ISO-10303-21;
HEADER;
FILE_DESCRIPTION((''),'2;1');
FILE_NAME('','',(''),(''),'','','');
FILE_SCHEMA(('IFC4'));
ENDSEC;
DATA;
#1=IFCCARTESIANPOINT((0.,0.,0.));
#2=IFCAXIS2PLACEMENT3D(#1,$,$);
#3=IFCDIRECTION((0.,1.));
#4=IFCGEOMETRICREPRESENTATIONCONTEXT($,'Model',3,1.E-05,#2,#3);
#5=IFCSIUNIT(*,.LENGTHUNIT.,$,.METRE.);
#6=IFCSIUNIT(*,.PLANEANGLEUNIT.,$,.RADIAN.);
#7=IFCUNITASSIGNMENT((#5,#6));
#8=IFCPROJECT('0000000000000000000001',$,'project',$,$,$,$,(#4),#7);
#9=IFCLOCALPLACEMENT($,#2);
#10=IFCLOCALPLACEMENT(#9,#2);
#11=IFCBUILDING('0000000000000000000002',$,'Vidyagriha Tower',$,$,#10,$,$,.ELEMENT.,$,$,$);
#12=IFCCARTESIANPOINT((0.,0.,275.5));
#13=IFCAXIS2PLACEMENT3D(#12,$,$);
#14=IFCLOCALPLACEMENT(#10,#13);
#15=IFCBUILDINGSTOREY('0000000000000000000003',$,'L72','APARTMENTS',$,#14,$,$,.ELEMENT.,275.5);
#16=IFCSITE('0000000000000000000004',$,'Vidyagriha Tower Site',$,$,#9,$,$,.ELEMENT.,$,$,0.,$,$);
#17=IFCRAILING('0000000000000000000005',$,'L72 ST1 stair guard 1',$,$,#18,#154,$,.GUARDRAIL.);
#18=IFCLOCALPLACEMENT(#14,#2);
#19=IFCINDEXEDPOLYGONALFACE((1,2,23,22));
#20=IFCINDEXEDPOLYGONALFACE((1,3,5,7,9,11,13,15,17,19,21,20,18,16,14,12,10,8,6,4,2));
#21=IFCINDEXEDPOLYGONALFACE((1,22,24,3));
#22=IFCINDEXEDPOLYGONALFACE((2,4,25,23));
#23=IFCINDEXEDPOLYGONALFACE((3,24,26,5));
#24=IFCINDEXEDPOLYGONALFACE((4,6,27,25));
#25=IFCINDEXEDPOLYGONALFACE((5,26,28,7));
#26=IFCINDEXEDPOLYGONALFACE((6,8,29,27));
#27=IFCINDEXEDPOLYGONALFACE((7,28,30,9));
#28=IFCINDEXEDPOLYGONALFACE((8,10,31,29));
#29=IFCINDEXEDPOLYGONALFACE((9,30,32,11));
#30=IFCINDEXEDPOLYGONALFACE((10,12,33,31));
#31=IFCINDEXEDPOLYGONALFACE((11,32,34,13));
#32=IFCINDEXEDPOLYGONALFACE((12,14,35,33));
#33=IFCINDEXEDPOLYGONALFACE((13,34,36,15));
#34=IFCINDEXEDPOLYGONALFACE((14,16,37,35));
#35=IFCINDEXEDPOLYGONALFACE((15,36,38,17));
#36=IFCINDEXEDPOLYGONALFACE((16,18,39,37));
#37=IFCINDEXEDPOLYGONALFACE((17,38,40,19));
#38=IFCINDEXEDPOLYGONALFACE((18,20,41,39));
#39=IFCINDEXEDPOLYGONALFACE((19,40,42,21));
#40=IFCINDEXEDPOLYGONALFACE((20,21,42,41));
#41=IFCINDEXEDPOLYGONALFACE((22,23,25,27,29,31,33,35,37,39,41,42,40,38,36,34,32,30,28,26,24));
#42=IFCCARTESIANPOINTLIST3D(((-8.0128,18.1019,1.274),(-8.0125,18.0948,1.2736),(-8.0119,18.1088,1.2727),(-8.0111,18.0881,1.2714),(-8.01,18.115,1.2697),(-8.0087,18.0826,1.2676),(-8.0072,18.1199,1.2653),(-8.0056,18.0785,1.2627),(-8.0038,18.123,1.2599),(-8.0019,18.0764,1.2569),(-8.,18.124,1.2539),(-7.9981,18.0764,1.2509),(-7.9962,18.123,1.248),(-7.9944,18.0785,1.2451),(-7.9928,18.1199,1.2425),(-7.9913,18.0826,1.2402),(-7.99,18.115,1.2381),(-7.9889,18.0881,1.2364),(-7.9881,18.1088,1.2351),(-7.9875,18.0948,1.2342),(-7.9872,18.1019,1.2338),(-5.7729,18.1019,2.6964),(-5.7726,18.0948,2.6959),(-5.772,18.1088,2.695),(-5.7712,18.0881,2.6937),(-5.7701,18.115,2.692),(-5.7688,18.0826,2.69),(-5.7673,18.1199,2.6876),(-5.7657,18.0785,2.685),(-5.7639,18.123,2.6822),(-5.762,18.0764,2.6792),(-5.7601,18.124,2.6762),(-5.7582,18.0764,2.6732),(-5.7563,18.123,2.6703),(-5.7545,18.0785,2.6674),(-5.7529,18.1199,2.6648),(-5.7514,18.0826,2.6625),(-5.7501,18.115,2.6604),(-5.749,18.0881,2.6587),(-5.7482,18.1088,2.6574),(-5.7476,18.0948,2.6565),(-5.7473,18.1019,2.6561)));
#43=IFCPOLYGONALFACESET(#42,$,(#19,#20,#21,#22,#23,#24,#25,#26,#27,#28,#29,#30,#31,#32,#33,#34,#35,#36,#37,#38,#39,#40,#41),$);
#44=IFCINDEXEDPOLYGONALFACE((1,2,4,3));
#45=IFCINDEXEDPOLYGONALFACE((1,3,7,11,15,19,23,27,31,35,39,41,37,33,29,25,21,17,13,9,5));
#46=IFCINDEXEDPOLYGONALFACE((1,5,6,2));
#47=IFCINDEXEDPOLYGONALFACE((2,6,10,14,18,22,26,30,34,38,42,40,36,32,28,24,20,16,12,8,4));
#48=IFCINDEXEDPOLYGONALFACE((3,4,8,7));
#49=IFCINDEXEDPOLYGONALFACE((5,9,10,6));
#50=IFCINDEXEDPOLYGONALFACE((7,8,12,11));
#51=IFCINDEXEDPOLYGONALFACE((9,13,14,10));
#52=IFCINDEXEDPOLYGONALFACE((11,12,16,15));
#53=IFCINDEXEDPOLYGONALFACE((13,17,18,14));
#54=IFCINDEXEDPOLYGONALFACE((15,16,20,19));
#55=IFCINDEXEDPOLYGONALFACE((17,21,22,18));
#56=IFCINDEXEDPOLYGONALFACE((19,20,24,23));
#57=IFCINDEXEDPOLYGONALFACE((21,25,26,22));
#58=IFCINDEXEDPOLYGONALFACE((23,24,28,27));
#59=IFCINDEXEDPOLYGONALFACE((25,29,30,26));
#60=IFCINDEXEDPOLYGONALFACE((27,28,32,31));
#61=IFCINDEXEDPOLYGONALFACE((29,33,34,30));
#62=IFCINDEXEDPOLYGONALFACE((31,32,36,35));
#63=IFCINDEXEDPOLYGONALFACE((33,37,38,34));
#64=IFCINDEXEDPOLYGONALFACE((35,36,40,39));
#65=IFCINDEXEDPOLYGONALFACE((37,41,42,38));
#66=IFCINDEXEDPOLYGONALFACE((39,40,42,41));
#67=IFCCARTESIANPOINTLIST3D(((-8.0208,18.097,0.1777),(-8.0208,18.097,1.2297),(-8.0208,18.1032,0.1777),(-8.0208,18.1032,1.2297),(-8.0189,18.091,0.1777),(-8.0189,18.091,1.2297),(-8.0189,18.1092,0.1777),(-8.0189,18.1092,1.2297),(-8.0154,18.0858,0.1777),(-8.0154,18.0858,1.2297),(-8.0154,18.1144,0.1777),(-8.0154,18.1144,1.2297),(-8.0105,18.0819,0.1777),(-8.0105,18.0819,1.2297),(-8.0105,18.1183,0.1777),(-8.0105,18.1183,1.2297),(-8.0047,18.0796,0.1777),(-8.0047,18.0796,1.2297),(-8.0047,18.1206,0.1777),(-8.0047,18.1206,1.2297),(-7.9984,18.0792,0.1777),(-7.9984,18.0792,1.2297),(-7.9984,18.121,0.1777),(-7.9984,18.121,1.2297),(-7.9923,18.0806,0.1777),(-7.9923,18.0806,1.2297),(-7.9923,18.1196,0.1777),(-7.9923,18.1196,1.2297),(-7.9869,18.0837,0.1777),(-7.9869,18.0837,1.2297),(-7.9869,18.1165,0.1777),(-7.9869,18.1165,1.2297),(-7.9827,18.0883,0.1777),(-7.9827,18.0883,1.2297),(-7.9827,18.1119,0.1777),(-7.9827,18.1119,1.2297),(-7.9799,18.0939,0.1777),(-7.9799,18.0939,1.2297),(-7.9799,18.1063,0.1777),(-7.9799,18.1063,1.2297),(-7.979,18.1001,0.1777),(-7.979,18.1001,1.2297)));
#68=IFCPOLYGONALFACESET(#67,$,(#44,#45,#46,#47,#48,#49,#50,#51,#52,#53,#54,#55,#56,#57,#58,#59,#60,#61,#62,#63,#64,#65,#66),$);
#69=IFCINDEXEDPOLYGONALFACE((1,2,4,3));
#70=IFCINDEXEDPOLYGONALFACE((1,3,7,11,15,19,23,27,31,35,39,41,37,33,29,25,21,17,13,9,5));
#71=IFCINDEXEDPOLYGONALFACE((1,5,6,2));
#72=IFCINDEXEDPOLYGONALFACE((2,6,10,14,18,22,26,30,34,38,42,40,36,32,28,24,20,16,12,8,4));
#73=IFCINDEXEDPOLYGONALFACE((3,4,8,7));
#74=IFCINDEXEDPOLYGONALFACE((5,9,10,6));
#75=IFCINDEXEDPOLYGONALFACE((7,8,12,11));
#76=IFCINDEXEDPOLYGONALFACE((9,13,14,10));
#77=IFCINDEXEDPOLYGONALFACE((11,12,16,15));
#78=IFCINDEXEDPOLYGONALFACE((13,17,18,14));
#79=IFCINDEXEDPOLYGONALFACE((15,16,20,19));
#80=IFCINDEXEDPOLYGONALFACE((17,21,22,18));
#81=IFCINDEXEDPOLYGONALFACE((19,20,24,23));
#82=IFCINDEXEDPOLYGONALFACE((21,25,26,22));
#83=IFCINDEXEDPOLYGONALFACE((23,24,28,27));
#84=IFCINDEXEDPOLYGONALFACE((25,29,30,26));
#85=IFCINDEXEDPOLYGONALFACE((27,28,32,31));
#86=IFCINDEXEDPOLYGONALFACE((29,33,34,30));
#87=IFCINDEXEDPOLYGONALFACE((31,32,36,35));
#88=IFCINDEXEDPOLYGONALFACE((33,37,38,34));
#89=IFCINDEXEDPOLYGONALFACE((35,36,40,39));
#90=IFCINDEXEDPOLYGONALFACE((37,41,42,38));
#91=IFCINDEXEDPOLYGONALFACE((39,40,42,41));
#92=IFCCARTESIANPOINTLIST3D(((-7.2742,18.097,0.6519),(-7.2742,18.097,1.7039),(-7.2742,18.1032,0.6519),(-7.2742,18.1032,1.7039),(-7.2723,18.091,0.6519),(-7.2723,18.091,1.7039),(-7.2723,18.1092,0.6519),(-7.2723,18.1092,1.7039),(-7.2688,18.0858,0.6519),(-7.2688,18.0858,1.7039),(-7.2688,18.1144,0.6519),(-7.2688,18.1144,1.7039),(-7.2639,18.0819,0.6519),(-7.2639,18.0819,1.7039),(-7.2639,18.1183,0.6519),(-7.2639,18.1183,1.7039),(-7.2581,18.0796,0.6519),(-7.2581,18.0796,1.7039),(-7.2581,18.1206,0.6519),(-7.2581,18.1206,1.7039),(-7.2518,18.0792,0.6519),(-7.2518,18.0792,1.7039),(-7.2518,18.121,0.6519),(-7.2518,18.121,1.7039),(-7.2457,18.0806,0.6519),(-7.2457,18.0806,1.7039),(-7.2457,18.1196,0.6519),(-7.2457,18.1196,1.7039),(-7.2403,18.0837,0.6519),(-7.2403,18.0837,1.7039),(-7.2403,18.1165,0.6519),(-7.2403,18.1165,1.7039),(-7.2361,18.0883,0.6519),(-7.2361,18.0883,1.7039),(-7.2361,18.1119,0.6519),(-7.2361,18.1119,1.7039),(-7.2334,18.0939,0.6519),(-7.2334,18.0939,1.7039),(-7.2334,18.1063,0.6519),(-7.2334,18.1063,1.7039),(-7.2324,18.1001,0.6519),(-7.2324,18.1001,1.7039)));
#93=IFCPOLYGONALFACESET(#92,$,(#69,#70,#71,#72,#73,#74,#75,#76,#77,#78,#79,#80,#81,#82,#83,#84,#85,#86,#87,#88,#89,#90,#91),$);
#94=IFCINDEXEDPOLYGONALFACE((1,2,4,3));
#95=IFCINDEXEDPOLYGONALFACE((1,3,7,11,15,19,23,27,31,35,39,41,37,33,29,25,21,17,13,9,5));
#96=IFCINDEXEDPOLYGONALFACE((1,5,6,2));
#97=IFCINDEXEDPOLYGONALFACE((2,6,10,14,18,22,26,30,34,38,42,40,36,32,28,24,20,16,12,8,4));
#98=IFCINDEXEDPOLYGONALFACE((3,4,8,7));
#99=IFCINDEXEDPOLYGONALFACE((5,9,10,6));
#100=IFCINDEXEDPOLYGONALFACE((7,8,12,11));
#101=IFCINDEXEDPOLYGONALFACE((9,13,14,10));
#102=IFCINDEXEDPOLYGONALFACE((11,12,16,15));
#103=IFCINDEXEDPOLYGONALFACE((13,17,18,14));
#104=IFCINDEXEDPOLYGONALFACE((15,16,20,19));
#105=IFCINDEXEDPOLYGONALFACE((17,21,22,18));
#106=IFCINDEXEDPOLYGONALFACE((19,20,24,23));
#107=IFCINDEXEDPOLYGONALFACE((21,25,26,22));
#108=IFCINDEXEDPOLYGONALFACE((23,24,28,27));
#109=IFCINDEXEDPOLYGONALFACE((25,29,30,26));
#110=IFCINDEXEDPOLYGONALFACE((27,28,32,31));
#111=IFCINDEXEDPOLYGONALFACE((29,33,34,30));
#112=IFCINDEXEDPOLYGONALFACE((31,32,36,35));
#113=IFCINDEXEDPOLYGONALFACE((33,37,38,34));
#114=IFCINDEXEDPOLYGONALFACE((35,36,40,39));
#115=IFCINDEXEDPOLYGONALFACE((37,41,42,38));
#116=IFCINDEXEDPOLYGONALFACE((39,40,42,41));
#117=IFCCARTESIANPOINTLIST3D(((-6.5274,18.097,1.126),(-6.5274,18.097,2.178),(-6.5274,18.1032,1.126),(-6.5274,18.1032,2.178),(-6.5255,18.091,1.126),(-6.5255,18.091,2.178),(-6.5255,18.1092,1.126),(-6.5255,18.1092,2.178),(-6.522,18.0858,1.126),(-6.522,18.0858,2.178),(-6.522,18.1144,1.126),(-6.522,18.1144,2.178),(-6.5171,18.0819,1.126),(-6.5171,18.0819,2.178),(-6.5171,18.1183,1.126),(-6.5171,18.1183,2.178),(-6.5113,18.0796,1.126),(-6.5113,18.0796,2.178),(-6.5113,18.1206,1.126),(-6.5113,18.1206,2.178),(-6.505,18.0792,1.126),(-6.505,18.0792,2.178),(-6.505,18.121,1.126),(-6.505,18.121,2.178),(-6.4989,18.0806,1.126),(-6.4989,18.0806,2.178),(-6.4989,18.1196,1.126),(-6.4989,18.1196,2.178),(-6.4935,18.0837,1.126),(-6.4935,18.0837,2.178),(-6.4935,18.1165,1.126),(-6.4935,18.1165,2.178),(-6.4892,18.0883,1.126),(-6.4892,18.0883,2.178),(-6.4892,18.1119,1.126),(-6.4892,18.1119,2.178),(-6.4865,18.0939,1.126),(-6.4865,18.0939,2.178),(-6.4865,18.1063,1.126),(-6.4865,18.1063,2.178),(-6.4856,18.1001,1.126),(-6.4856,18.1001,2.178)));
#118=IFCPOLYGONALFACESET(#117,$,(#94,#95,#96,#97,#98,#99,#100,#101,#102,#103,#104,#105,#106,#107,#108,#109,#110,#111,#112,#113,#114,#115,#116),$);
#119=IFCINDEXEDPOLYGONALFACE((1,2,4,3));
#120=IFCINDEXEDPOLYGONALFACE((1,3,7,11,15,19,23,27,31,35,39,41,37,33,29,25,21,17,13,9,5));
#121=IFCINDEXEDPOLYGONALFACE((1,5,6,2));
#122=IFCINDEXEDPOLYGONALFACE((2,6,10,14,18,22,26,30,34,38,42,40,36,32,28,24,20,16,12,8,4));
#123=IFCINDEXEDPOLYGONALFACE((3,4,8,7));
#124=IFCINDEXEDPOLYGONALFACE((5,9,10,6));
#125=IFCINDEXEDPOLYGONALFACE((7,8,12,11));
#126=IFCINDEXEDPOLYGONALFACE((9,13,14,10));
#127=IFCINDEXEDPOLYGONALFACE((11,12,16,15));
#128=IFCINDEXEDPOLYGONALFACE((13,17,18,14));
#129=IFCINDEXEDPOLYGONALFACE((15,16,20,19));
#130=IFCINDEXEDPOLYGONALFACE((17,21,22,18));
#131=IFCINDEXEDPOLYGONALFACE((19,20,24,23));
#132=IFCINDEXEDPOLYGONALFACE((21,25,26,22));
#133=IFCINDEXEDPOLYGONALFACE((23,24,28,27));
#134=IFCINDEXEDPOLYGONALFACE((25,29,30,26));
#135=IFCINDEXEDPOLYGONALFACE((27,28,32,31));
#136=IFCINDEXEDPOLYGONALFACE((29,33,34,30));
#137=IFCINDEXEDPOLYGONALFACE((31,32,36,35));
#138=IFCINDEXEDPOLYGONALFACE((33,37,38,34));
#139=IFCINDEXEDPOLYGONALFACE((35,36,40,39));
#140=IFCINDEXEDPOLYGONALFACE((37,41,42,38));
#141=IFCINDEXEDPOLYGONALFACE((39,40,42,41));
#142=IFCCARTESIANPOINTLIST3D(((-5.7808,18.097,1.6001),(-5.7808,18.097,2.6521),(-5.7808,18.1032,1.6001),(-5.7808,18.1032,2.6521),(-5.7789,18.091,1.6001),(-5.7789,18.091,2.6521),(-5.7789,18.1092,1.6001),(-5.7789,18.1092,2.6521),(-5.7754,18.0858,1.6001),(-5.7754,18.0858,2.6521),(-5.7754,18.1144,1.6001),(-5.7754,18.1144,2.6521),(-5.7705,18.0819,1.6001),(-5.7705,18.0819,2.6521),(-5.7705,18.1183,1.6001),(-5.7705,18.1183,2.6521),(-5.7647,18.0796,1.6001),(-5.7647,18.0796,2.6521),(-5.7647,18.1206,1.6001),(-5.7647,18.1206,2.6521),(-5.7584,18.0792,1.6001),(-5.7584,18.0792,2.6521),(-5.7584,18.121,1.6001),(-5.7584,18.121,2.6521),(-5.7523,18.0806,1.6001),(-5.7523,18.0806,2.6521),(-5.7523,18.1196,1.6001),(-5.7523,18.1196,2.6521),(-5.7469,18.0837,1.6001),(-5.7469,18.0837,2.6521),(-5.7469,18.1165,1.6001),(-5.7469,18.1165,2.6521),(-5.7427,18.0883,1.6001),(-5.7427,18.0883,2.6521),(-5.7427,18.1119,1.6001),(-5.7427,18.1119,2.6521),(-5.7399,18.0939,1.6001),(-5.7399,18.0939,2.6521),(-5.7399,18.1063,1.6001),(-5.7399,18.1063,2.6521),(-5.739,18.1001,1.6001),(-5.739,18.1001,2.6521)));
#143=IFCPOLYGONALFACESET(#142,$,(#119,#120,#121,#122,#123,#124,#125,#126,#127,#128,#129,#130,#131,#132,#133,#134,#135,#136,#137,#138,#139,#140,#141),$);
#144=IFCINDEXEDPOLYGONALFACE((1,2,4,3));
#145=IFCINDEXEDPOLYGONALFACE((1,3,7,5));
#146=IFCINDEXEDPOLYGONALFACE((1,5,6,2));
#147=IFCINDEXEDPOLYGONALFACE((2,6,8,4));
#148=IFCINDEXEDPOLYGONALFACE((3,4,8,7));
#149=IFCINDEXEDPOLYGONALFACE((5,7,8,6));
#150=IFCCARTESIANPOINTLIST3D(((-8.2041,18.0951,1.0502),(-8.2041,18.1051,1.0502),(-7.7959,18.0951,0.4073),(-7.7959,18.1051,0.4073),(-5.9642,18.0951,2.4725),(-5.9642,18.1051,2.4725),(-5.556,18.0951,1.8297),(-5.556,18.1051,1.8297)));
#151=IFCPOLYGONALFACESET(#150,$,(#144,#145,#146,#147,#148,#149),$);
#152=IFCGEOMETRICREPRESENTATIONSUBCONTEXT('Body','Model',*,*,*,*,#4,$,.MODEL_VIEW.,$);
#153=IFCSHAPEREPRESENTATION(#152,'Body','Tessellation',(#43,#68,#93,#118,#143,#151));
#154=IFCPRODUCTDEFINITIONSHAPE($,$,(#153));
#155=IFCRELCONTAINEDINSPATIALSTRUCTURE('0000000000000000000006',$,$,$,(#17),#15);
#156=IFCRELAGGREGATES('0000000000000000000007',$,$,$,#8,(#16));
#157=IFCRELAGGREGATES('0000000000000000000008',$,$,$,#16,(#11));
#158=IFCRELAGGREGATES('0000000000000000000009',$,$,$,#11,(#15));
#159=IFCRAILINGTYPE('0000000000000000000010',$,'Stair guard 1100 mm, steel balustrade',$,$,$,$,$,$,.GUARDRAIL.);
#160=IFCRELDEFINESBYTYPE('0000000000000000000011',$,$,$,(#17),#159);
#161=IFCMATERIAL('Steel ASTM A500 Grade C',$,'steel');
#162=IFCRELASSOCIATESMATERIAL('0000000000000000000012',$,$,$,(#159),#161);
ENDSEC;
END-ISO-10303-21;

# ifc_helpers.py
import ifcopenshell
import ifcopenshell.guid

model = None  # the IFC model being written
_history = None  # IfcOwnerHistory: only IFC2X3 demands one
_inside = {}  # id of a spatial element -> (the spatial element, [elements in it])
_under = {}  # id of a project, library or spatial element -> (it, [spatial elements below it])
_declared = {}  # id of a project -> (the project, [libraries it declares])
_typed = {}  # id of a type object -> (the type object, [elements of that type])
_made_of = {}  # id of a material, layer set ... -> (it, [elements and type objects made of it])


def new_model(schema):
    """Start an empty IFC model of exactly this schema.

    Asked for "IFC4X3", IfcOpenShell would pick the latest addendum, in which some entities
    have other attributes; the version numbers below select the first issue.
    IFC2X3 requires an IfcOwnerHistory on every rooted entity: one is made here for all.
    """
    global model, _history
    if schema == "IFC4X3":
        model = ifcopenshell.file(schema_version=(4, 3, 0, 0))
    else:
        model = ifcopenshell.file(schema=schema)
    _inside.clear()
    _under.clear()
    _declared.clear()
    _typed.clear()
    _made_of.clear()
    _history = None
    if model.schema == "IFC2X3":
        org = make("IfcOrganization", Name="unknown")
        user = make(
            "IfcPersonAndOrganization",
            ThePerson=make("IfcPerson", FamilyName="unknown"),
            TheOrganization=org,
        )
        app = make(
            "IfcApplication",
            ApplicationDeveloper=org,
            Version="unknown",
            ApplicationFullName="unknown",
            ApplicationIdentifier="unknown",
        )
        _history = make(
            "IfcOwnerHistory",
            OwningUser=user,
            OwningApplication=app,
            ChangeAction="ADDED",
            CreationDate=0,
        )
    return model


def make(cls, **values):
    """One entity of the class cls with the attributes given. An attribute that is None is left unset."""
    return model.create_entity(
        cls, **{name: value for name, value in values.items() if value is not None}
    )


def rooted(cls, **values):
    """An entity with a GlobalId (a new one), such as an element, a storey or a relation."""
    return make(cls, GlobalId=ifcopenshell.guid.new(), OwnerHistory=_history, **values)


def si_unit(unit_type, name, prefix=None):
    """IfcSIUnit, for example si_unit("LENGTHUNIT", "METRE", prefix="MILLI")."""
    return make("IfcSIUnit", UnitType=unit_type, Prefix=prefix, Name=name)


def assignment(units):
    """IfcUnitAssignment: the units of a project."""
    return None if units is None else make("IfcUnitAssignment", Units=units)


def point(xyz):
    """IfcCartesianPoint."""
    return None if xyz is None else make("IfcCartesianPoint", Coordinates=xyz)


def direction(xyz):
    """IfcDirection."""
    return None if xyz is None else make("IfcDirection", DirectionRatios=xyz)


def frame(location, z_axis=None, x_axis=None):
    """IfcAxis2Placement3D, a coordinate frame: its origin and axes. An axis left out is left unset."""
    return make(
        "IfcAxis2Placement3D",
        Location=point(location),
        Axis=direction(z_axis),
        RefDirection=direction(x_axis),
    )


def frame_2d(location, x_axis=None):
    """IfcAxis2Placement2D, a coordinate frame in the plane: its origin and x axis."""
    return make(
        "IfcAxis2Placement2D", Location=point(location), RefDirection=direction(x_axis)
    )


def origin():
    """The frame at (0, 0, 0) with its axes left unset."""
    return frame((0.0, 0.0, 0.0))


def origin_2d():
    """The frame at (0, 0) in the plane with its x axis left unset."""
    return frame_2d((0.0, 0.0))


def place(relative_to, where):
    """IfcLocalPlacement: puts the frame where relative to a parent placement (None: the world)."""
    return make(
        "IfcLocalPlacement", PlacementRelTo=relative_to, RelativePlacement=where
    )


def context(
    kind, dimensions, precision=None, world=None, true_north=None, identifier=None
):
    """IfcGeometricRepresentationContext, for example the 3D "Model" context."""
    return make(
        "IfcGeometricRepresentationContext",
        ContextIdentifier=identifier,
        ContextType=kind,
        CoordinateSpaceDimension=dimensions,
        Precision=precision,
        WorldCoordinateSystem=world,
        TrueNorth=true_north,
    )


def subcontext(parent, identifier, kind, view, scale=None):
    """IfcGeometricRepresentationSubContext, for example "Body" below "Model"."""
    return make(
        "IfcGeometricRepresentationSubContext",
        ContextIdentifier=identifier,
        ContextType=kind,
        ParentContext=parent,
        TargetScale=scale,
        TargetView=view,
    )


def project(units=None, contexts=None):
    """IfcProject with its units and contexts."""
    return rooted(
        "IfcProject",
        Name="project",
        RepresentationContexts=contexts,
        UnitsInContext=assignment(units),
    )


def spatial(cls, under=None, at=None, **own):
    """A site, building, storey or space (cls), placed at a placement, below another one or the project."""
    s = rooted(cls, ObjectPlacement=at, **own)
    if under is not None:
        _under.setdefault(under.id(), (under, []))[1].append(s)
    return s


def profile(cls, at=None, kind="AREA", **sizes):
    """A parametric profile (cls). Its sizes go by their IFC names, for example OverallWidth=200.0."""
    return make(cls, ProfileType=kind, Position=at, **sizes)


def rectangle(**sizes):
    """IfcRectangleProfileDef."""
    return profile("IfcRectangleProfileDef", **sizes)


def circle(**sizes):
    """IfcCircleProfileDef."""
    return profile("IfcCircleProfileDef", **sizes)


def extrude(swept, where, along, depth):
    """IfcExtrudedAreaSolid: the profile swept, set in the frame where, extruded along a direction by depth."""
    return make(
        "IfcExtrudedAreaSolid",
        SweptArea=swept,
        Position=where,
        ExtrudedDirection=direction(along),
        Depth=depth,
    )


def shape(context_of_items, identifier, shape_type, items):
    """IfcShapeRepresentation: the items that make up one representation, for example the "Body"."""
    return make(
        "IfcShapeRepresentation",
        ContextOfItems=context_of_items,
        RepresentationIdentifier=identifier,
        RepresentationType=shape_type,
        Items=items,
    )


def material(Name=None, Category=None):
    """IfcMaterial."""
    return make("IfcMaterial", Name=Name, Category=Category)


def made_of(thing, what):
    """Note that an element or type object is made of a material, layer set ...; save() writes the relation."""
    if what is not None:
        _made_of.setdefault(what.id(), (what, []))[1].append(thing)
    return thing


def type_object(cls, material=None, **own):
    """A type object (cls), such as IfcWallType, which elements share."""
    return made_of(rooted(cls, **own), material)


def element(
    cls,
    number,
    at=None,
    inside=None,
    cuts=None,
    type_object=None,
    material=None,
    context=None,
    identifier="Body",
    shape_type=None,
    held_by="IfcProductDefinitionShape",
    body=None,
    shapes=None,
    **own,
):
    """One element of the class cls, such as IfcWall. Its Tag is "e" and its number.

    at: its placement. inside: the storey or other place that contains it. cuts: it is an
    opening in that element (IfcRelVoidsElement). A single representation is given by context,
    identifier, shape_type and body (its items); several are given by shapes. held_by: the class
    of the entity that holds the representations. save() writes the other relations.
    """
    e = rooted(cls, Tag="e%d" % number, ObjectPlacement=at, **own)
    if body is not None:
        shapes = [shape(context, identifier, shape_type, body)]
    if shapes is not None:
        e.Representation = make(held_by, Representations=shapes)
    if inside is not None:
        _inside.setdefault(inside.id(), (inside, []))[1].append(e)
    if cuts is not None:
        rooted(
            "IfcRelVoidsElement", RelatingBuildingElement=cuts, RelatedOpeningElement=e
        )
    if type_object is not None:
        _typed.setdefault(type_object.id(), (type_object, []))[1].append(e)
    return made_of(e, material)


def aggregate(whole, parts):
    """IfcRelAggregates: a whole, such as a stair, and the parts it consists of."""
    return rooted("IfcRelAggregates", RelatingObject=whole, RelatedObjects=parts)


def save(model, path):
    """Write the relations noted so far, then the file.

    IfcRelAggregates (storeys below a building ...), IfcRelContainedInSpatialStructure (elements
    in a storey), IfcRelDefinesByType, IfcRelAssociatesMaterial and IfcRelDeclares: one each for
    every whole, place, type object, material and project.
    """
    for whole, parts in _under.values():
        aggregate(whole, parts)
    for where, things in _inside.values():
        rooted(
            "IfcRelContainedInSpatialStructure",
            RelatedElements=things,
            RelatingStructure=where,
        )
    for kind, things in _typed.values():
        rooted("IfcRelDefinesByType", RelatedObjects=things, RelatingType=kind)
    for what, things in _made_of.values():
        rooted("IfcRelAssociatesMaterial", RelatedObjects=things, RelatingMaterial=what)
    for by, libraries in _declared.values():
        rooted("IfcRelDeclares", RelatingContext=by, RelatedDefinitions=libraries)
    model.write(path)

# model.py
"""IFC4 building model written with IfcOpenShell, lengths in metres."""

from ifc_helpers import new_model, si_unit, direction, frame, origin, origin_2d, place, context, subcontext, project, spatial, rectangle, circle, extrude, material, type_object, element, save


model = new_model("IFC4")

# Units and contexts
model_context = context("Model", 3, precision=1e-05, world=origin(), true_north=direction((0.0, 1.0)))
body_context = subcontext(model_context, "Body", "Model", "MODEL_VIEW")
ifc_project = project(units=[si_unit("LENGTHUNIT", "METRE"), si_unit("PLANEANGLEUNIT", "RADIAN")], contexts=[model_context])

# Site, building, storey
site_placement = place(None, origin())
site = spatial("IfcSite", under=ifc_project, at=site_placement, Name="Vidyagriha Tower Site", CompositionType="ELEMENT", RefElevation=0.0)
building_placement = place(site_placement, origin())
building = spatial("IfcBuilding", under=site, at=building_placement, Name="Vidyagriha Tower", CompositionType="ELEMENT")
storey_placement = place(building_placement, frame((0.0, 0.0, 275.5)))
storey = spatial("IfcBuildingStorey", under=building, at=storey_placement, Name="L72", Description="APARTMENTS", CompositionType="ELEMENT", Elevation=275.5)

# Railing
ifc_material_1 = material(Name="Steel ASTM A500 Grade C", Category="steel")
railing_type_1 = type_object("IfcRailingType", Name="Stair guard 1100 mm, steel balustrade", PredefinedType="GUARDRAIL", material=ifc_material_1)
railing_1_placement = place(storey_placement, frame((-8.0, 18.1001, 0.1777)))
element("IfcRailing", 1, at=railing_1_placement, inside=storey, type_object=railing_type_1, Name="L72 ST1 stair guard 1", PredefinedType="GUARDRAIL", context=body_context, shape_type="SweptSolid", body=[
    extrude(circle(Radius=0.0239, at=origin_2d()), frame((0.0, 0.0, 1.0762), z_axis=(0.844188, 0.0, 0.536048), x_axis=(0.0, 1.0, 0.0)), (0.0, 0.0, 1.0), 2.6533),
    extrude(circle(Radius=0.021, at=origin_2d()), origin(), (0.0, 0.0, 1.0), 1.052),
    extrude(circle(Radius=0.021, at=origin_2d()), frame((0.7466, 0.0, 0.4741)), (0.0, 0.0, 1.0), 1.052),
    extrude(circle(Radius=0.021, at=origin_2d()), frame((1.4934, 0.0, 0.9482)), (0.0, 0.0, 1.0), 1.052),
    extrude(circle(Radius=0.021, at=origin_2d()), frame((2.24, 0.0, 1.4224)), (0.0, 0.0, 1.0), 1.052),
    extrude(rectangle(XDim=0.01, YDim=0.7615, at=origin_2d()), frame((0.0, 0.0, 0.551), z_axis=(0.844188, 0.0, 0.536048), x_axis=(0.0, 1.0, 0.0)), (0.0, 0.0, 1.0), 2.6533),
])

save(model, "model.ifc")
